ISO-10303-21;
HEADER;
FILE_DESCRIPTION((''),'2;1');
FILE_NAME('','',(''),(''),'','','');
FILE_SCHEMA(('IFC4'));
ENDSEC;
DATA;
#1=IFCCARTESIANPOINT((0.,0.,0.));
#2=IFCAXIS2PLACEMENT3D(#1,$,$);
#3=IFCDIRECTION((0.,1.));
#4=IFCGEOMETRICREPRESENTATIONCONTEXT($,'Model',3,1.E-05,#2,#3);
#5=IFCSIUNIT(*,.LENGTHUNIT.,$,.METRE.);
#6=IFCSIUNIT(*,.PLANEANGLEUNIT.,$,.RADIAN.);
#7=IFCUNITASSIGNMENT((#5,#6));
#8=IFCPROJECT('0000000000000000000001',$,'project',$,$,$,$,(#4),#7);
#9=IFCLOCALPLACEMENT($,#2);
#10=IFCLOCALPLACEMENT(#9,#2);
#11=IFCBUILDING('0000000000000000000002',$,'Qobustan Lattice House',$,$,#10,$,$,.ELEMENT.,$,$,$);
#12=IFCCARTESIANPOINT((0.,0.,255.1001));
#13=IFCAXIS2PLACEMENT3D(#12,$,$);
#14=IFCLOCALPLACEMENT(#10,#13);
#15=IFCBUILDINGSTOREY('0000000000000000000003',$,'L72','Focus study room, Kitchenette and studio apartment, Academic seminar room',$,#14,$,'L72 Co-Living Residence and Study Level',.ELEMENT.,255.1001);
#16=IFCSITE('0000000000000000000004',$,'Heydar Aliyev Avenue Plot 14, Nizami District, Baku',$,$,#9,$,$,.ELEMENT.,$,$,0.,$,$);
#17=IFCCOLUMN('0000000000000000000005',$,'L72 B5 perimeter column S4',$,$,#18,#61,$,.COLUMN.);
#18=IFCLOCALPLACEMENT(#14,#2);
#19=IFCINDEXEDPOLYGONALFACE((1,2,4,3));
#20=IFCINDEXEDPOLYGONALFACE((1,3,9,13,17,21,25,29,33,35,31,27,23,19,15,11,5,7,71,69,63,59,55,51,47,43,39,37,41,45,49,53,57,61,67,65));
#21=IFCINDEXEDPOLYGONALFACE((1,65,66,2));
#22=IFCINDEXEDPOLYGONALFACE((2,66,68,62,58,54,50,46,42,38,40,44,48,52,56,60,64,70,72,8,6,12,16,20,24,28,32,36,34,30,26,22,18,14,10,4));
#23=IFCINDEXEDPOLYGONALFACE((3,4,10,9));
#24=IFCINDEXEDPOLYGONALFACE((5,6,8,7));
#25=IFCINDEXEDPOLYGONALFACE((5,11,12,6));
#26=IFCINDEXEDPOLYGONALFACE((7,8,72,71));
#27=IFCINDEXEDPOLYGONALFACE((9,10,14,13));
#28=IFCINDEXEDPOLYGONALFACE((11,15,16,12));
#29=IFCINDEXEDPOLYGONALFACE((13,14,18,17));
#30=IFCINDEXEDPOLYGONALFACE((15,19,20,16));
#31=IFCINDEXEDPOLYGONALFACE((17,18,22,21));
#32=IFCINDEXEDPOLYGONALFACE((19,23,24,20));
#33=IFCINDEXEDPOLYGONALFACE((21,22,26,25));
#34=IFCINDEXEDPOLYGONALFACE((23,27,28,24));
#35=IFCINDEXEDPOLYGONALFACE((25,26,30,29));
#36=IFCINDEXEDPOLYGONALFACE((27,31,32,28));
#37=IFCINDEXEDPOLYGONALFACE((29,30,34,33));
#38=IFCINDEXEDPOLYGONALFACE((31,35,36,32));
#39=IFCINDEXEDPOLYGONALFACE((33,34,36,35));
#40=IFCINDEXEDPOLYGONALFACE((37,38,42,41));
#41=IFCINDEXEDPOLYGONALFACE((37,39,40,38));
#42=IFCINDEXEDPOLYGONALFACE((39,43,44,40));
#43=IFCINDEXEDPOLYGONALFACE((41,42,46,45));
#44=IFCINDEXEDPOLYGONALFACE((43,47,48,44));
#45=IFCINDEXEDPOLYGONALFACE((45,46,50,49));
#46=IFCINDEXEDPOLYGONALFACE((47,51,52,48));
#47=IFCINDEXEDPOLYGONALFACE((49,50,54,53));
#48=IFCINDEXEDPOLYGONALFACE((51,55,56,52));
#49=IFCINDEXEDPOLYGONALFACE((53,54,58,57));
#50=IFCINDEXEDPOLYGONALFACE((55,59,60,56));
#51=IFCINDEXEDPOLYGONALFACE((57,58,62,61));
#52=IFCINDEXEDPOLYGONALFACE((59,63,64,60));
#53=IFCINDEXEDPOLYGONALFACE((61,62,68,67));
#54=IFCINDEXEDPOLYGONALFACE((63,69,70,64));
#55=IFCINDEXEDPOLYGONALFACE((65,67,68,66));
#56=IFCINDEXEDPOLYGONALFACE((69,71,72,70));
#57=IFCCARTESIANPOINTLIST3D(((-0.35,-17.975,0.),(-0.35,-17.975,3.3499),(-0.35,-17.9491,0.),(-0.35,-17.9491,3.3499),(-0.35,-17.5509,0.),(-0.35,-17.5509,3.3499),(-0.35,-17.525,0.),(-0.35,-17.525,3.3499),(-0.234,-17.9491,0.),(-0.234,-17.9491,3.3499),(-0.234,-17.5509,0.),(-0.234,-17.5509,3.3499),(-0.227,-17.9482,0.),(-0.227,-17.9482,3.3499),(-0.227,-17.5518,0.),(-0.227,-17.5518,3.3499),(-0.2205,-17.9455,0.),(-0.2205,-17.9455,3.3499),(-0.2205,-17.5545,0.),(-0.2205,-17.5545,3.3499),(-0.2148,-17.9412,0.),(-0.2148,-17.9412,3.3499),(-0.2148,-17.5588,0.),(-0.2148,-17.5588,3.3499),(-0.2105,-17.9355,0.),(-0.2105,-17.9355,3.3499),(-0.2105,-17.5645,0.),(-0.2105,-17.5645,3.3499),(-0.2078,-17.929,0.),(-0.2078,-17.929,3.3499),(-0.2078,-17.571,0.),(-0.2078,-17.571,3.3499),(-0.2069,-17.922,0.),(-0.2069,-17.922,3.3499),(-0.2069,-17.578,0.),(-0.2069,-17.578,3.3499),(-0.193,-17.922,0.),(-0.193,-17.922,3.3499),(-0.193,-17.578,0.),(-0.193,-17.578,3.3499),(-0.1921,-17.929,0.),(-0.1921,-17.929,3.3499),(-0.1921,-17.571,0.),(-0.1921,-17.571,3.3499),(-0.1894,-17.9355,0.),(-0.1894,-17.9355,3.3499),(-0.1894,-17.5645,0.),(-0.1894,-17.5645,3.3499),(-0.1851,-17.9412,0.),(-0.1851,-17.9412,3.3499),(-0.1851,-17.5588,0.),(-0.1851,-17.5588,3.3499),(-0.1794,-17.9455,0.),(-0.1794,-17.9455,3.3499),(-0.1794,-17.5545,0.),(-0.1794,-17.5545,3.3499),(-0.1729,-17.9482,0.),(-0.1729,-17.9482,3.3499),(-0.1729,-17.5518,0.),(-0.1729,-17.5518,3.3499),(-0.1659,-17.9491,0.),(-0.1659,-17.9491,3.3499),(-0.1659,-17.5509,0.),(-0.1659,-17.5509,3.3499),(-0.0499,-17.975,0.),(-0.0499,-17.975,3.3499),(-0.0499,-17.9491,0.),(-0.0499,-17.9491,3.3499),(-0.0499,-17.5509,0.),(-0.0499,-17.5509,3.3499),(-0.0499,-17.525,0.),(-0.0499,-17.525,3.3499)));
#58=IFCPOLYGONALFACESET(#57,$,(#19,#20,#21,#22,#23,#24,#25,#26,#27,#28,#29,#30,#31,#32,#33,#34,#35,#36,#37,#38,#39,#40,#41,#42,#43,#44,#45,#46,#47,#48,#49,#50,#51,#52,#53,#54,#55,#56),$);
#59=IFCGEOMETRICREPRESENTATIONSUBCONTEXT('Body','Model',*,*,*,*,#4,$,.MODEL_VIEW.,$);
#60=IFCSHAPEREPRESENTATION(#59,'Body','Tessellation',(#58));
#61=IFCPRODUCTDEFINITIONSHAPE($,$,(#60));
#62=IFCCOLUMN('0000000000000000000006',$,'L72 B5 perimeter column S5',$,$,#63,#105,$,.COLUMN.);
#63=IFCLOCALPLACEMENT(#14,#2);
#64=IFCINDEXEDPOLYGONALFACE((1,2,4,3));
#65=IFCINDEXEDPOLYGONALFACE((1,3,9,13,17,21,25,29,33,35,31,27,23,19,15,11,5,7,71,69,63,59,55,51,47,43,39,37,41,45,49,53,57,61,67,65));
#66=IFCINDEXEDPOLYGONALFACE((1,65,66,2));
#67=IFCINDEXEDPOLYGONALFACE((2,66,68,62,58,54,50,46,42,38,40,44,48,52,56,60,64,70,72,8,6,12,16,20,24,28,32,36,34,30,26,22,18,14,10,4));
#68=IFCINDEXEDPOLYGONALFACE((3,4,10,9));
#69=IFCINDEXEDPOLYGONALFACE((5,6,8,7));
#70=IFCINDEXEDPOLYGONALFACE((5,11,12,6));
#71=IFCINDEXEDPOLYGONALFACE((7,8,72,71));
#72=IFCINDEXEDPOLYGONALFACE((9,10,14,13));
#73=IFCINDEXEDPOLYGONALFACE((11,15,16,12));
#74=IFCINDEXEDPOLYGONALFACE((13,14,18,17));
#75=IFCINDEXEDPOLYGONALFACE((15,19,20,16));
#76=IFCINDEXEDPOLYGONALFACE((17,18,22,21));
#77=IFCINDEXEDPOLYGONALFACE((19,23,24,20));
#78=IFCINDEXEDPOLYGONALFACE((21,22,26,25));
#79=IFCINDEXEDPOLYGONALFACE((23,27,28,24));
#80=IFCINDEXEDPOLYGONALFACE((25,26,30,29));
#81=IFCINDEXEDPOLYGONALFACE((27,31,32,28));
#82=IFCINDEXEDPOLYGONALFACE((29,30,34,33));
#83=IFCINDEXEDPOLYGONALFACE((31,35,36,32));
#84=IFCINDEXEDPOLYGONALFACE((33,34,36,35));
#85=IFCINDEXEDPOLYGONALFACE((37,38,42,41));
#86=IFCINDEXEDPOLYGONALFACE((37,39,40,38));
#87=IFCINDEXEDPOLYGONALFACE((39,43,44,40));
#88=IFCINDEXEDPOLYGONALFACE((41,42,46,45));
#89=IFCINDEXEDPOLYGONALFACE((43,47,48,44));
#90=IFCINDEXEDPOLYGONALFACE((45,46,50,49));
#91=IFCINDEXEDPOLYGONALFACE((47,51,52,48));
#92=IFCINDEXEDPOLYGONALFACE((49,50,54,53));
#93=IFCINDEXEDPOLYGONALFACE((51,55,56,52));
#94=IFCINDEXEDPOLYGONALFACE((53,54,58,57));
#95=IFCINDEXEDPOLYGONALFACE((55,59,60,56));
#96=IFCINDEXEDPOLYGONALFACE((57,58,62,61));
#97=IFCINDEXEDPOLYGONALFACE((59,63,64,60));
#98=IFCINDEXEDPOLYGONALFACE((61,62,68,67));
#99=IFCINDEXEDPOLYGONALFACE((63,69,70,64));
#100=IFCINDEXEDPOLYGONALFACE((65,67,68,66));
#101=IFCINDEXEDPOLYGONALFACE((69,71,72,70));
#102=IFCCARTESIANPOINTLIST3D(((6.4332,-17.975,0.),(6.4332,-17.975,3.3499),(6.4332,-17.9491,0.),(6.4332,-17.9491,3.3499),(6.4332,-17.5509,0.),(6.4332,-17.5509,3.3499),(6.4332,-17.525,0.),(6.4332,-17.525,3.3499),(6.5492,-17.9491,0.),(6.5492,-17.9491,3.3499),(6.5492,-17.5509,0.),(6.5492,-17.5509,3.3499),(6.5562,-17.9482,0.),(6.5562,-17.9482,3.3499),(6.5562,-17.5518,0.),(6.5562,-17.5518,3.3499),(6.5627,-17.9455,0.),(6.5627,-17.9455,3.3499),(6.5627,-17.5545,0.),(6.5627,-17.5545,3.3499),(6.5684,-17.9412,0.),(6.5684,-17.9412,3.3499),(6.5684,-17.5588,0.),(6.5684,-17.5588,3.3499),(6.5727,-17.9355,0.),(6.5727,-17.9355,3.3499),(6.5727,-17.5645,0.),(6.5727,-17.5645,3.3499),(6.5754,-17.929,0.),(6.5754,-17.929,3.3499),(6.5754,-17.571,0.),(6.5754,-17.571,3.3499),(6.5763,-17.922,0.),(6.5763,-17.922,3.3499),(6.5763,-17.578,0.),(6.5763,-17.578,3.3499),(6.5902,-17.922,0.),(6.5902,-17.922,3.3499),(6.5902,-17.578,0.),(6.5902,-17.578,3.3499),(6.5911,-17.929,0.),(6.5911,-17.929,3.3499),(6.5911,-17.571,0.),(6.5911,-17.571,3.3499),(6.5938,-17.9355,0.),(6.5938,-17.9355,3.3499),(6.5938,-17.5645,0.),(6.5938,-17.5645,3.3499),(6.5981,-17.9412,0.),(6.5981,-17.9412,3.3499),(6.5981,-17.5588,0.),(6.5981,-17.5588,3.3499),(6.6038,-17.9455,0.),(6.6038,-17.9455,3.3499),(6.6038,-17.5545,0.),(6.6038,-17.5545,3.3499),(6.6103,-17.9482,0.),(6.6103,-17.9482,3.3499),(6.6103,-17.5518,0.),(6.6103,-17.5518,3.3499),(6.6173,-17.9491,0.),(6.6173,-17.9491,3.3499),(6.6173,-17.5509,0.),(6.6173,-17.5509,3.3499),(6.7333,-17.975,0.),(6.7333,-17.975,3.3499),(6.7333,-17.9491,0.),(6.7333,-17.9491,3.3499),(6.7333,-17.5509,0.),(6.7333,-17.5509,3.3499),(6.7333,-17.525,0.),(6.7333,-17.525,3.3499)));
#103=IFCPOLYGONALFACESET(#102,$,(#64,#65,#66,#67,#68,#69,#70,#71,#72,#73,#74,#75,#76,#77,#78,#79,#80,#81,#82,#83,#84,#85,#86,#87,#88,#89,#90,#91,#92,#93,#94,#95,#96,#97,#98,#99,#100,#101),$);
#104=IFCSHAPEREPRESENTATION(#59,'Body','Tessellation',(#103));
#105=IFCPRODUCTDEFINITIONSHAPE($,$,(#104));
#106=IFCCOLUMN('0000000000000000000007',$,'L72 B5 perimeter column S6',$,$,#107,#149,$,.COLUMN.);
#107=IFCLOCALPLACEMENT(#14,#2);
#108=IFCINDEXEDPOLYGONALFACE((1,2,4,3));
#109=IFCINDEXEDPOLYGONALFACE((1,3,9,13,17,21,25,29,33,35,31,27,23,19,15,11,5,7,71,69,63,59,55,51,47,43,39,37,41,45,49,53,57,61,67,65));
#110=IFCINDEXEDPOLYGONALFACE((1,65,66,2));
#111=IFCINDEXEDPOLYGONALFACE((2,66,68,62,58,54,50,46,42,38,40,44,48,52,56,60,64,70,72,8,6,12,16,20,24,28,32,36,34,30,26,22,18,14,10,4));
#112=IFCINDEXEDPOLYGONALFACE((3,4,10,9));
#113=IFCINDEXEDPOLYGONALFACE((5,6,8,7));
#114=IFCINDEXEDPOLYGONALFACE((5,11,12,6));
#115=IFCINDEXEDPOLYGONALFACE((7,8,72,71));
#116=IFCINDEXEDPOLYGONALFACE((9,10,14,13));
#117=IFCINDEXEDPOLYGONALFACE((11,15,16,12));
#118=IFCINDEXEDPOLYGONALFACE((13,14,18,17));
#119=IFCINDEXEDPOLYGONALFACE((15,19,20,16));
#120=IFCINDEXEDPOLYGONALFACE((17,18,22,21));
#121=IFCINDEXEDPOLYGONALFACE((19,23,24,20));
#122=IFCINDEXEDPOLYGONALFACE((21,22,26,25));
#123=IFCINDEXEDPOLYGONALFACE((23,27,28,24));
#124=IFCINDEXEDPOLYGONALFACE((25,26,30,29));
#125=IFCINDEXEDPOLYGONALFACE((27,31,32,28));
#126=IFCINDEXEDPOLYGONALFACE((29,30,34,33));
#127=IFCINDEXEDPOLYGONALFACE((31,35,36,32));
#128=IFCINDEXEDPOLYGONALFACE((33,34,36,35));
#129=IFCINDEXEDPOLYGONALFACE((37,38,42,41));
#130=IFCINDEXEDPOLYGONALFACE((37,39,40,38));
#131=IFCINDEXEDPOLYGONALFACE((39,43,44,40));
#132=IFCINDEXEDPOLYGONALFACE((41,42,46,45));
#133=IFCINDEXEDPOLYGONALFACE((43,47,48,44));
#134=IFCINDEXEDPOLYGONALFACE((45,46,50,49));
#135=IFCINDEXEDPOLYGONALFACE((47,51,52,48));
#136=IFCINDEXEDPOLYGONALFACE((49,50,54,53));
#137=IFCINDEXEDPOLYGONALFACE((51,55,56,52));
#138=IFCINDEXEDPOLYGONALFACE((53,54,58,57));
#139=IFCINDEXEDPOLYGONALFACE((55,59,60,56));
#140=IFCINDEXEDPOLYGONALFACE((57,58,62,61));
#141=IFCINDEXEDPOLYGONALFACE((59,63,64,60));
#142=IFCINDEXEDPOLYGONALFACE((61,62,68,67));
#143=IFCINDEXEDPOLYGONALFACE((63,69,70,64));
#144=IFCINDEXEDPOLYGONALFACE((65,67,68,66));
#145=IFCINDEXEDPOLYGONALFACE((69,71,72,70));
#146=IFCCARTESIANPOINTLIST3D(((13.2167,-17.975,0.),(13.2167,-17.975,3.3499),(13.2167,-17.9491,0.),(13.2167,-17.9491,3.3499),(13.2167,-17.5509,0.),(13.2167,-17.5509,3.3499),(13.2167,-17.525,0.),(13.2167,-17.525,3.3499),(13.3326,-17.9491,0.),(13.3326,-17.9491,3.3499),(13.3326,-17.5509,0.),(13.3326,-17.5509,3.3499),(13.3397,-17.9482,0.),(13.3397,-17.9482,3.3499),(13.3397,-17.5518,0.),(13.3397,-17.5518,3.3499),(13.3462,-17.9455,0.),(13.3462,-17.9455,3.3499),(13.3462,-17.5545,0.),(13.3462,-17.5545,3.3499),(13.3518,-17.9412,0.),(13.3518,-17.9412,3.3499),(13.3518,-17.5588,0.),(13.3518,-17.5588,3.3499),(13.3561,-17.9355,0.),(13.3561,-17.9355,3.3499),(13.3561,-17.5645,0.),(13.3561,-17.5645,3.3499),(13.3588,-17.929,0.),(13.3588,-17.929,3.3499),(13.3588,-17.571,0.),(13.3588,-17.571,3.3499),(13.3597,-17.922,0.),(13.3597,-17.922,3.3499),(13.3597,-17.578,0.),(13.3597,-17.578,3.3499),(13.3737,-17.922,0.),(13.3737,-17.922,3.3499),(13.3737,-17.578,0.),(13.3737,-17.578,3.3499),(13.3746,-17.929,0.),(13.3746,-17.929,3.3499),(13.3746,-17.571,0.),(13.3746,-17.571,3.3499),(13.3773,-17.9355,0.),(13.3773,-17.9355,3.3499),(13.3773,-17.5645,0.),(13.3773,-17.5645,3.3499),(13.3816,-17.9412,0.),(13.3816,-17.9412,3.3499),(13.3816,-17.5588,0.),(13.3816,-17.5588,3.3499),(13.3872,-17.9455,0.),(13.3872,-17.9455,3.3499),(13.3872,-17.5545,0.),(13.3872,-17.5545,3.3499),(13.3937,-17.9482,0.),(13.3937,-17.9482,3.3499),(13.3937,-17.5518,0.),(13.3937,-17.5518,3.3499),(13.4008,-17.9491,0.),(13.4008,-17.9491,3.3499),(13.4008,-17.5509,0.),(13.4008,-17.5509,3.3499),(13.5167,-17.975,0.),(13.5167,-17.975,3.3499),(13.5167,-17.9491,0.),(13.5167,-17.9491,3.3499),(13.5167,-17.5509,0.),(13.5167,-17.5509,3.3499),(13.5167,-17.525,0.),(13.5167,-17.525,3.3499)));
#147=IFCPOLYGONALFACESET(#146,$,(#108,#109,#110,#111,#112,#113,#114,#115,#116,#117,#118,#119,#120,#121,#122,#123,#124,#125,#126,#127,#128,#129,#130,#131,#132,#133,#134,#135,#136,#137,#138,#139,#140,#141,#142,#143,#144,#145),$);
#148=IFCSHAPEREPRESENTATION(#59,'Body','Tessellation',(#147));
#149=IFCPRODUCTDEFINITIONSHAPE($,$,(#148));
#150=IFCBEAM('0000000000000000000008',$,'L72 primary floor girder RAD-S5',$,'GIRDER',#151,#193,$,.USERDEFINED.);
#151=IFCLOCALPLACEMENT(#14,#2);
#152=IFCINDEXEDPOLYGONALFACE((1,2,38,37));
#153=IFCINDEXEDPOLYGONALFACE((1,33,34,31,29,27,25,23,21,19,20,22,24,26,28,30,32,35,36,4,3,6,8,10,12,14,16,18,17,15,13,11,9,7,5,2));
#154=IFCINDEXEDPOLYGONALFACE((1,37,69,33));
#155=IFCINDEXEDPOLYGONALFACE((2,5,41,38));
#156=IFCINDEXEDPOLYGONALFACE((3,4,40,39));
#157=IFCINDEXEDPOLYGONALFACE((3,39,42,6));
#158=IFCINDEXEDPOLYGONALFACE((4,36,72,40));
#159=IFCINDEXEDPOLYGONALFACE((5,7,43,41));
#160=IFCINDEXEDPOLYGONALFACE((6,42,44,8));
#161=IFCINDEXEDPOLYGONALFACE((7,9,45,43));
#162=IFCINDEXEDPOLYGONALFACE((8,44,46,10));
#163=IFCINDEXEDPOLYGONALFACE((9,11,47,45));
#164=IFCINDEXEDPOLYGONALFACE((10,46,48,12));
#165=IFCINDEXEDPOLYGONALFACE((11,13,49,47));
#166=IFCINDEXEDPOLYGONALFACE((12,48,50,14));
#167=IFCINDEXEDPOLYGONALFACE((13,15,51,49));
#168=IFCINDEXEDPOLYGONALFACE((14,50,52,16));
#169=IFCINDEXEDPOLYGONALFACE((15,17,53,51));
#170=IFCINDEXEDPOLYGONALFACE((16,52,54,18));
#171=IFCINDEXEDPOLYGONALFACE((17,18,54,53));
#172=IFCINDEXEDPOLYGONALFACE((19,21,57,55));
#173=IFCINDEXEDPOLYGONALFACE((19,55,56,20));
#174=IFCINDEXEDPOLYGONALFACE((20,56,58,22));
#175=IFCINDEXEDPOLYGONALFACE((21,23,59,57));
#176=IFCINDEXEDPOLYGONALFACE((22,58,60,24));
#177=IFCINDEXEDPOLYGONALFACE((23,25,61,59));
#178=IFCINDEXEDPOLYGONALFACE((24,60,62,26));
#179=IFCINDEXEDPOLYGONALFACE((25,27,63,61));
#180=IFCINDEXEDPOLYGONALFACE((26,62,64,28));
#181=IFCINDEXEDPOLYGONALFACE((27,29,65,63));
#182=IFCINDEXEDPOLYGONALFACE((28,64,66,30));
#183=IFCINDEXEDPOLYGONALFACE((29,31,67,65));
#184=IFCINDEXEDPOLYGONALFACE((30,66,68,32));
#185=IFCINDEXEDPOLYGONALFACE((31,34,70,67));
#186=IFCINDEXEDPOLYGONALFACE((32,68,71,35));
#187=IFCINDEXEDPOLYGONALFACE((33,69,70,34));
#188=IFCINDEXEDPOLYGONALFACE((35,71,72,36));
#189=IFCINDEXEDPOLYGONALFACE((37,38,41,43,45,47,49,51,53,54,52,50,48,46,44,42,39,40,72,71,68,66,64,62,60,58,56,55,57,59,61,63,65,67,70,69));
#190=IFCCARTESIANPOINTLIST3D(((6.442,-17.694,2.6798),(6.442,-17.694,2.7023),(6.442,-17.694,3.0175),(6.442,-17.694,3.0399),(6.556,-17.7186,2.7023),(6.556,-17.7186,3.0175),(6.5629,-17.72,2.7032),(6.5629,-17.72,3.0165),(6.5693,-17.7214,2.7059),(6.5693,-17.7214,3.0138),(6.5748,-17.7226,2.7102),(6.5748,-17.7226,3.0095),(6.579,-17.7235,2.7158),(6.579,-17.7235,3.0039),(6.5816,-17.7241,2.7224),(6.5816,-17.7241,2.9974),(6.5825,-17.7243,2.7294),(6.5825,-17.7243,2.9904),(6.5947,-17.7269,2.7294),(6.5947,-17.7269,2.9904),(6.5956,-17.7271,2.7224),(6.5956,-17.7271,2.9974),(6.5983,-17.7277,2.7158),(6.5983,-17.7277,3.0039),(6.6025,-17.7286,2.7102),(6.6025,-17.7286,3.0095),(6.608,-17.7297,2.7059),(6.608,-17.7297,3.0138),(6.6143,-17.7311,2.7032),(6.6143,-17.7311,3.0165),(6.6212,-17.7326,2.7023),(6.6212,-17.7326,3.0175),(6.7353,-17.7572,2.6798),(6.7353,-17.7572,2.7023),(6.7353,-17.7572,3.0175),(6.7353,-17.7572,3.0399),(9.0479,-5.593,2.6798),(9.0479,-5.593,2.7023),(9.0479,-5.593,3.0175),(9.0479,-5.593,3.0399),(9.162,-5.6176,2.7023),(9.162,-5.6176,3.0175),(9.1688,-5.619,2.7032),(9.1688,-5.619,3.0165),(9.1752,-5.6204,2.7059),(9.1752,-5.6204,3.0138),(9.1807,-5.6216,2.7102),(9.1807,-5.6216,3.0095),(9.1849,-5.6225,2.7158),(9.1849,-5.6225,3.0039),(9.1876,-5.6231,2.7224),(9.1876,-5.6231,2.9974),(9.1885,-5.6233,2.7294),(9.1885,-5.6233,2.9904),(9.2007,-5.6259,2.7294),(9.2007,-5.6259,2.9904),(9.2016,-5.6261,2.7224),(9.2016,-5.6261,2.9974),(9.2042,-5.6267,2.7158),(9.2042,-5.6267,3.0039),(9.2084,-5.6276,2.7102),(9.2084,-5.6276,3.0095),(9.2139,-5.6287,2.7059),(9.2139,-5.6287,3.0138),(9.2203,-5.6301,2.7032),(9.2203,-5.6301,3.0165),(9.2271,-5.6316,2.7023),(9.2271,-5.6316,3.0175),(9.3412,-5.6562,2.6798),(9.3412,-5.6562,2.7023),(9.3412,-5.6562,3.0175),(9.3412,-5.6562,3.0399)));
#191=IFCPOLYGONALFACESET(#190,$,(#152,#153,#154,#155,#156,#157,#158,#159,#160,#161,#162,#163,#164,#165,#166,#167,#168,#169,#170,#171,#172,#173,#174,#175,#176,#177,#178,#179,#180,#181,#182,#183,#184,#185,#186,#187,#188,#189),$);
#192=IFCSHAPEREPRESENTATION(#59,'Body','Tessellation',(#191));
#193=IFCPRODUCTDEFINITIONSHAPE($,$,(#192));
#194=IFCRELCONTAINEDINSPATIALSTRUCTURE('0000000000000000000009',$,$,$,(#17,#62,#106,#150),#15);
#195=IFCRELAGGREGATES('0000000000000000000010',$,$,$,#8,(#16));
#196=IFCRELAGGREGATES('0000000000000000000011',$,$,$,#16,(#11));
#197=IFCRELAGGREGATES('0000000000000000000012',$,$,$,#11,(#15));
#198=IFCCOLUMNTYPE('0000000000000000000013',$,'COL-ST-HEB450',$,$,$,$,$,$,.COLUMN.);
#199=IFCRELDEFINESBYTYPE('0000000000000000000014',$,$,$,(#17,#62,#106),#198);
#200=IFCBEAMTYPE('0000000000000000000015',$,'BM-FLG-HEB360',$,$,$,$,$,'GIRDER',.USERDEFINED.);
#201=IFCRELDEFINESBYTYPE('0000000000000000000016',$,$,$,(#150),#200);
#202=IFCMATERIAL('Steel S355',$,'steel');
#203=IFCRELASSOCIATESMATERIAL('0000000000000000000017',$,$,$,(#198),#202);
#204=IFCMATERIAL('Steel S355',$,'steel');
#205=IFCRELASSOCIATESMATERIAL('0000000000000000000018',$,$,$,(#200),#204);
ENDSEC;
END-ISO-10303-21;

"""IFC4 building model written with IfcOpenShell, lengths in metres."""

from ifc_helpers import new_model, si_unit, direction, frame, origin, origin_2d, place, context, subcontext, project, spatial, i_section, extrude, material, material_profile, profile_set, type_object, element, save


model = new_model("IFC4")

# Units and contexts
model_context = context("Model", 3, precision=1e-05, world=origin(), true_north=direction((0.0, 1.0)))
body_context = subcontext(model_context, "Body", "Model", "MODEL_VIEW")
ifc_project = project(units=[si_unit("LENGTHUNIT", "METRE"), si_unit("PLANEANGLEUNIT", "RADIAN")], contexts=[model_context])

# Site, building, storey
site_placement = place(None, origin())
site = spatial("IfcSite", under=ifc_project, at=site_placement, Name="Heydar Aliyev Avenue Plot 14, Nizami District, Baku", CompositionType="ELEMENT", RefElevation=0.0)
building_placement = place(site_placement, origin())
building = spatial("IfcBuilding", under=site, at=building_placement, Name="Qobustan Lattice House", CompositionType="ELEMENT")
storey_placement = place(building_placement, frame((0.0, 0.0, 255.1001)))
storey = spatial("IfcBuildingStorey", under=building, at=storey_placement, Name="L72", Description="Focus study room, Kitchenette and studio apartment, Academic seminar room", LongName="L72 Co-Living Residence and Study Level", CompositionType="ELEMENT", Elevation=255.1001)

# Columns
ifc_material_1 = material(Name="Steel S355", Category="steel")
ifc_material_profile_1 = material_profile(ifc_material_1, i_section(OverallWidth=0.3, OverallDepth=0.45, WebThickness=0.0139, FlangeThickness=0.0259, FilletRadius=0.0271, at=origin_2d()), Name="HEB450")
ifc_profile_set_1 = profile_set([ifc_material_profile_1], Name="Steel S355")
column_type = type_object("IfcColumnType", Name="COL-ST-HEB450", PredefinedType="COLUMN", material=ifc_profile_set_1)
for number, where, z_axis, x_axis, name in (
    (1, (-0.2, -17.75, 0.0), (0.0, 0.0, 1.0), (1.0, 0.0, 0.0), "L72 B5 perimeter column S4"),
    (2, (6.5833, -17.75, 0.0), (0.0, 0.0, 1.0), (1.0, 0.0, 0.0), "L72 B5 perimeter column S5"),
    (3, (13.3667, -17.75, 0.0), (0.0, 0.0, 1.0), (1.0, 0.0, 0.0), "L72 B5 perimeter column S6"),
):
    element("IfcColumn", number, at=place(storey_placement, frame(where, z_axis=z_axis, x_axis=x_axis)), inside=storey, type_object=column_type, Name=name, PredefinedType="COLUMN", context=body_context, shape_type="SweptSolid", body=[
        extrude(i_section(OverallWidth=0.3, OverallDepth=0.45, WebThickness=0.0139, FlangeThickness=0.0259, FilletRadius=0.0271, at=origin_2d()), origin(), (0.0, 0.0, 1.0), 3.3499),
    ])

# Beam
ifc_material_2 = material(Name="Steel S355", Category="steel")
ifc_material_profile_2 = material_profile(ifc_material_2, i_section(OverallWidth=0.3, OverallDepth=0.3601, WebThickness=0.0125, FlangeThickness=0.0225, FilletRadius=0.0271, at=origin_2d()), Name="HEB360")
ifc_profile_set_2 = profile_set([ifc_material_profile_2], Name="Steel S355")
beam_type_1 = type_object("IfcBeamType", Name="BM-FLG-HEB360", ElementType="GIRDER", PredefinedType="USERDEFINED", material=ifc_profile_set_2)
beam_placement = place(storey_placement, frame((6.5886, -17.7256, 2.8599), z_axis=(0.210523, 0.977589, 0.0), x_axis=(-0.977589, 0.210523, 0.0)))
element("IfcBeam", 4, at=beam_placement, inside=storey, type_object=beam_type_1, Name="L72 primary floor girder RAD-S5", ObjectType="GIRDER", PredefinedType="USERDEFINED", context=body_context, shape_type="SweptSolid", body=[
    extrude(i_section(OverallWidth=0.3, OverallDepth=0.3601, WebThickness=0.0125, FlangeThickness=0.0225, FilletRadius=0.0271, at=origin_2d()), origin(), (0.0, 0.0, 1.0), 12.3784),
])

save(model, "model.ifc")
